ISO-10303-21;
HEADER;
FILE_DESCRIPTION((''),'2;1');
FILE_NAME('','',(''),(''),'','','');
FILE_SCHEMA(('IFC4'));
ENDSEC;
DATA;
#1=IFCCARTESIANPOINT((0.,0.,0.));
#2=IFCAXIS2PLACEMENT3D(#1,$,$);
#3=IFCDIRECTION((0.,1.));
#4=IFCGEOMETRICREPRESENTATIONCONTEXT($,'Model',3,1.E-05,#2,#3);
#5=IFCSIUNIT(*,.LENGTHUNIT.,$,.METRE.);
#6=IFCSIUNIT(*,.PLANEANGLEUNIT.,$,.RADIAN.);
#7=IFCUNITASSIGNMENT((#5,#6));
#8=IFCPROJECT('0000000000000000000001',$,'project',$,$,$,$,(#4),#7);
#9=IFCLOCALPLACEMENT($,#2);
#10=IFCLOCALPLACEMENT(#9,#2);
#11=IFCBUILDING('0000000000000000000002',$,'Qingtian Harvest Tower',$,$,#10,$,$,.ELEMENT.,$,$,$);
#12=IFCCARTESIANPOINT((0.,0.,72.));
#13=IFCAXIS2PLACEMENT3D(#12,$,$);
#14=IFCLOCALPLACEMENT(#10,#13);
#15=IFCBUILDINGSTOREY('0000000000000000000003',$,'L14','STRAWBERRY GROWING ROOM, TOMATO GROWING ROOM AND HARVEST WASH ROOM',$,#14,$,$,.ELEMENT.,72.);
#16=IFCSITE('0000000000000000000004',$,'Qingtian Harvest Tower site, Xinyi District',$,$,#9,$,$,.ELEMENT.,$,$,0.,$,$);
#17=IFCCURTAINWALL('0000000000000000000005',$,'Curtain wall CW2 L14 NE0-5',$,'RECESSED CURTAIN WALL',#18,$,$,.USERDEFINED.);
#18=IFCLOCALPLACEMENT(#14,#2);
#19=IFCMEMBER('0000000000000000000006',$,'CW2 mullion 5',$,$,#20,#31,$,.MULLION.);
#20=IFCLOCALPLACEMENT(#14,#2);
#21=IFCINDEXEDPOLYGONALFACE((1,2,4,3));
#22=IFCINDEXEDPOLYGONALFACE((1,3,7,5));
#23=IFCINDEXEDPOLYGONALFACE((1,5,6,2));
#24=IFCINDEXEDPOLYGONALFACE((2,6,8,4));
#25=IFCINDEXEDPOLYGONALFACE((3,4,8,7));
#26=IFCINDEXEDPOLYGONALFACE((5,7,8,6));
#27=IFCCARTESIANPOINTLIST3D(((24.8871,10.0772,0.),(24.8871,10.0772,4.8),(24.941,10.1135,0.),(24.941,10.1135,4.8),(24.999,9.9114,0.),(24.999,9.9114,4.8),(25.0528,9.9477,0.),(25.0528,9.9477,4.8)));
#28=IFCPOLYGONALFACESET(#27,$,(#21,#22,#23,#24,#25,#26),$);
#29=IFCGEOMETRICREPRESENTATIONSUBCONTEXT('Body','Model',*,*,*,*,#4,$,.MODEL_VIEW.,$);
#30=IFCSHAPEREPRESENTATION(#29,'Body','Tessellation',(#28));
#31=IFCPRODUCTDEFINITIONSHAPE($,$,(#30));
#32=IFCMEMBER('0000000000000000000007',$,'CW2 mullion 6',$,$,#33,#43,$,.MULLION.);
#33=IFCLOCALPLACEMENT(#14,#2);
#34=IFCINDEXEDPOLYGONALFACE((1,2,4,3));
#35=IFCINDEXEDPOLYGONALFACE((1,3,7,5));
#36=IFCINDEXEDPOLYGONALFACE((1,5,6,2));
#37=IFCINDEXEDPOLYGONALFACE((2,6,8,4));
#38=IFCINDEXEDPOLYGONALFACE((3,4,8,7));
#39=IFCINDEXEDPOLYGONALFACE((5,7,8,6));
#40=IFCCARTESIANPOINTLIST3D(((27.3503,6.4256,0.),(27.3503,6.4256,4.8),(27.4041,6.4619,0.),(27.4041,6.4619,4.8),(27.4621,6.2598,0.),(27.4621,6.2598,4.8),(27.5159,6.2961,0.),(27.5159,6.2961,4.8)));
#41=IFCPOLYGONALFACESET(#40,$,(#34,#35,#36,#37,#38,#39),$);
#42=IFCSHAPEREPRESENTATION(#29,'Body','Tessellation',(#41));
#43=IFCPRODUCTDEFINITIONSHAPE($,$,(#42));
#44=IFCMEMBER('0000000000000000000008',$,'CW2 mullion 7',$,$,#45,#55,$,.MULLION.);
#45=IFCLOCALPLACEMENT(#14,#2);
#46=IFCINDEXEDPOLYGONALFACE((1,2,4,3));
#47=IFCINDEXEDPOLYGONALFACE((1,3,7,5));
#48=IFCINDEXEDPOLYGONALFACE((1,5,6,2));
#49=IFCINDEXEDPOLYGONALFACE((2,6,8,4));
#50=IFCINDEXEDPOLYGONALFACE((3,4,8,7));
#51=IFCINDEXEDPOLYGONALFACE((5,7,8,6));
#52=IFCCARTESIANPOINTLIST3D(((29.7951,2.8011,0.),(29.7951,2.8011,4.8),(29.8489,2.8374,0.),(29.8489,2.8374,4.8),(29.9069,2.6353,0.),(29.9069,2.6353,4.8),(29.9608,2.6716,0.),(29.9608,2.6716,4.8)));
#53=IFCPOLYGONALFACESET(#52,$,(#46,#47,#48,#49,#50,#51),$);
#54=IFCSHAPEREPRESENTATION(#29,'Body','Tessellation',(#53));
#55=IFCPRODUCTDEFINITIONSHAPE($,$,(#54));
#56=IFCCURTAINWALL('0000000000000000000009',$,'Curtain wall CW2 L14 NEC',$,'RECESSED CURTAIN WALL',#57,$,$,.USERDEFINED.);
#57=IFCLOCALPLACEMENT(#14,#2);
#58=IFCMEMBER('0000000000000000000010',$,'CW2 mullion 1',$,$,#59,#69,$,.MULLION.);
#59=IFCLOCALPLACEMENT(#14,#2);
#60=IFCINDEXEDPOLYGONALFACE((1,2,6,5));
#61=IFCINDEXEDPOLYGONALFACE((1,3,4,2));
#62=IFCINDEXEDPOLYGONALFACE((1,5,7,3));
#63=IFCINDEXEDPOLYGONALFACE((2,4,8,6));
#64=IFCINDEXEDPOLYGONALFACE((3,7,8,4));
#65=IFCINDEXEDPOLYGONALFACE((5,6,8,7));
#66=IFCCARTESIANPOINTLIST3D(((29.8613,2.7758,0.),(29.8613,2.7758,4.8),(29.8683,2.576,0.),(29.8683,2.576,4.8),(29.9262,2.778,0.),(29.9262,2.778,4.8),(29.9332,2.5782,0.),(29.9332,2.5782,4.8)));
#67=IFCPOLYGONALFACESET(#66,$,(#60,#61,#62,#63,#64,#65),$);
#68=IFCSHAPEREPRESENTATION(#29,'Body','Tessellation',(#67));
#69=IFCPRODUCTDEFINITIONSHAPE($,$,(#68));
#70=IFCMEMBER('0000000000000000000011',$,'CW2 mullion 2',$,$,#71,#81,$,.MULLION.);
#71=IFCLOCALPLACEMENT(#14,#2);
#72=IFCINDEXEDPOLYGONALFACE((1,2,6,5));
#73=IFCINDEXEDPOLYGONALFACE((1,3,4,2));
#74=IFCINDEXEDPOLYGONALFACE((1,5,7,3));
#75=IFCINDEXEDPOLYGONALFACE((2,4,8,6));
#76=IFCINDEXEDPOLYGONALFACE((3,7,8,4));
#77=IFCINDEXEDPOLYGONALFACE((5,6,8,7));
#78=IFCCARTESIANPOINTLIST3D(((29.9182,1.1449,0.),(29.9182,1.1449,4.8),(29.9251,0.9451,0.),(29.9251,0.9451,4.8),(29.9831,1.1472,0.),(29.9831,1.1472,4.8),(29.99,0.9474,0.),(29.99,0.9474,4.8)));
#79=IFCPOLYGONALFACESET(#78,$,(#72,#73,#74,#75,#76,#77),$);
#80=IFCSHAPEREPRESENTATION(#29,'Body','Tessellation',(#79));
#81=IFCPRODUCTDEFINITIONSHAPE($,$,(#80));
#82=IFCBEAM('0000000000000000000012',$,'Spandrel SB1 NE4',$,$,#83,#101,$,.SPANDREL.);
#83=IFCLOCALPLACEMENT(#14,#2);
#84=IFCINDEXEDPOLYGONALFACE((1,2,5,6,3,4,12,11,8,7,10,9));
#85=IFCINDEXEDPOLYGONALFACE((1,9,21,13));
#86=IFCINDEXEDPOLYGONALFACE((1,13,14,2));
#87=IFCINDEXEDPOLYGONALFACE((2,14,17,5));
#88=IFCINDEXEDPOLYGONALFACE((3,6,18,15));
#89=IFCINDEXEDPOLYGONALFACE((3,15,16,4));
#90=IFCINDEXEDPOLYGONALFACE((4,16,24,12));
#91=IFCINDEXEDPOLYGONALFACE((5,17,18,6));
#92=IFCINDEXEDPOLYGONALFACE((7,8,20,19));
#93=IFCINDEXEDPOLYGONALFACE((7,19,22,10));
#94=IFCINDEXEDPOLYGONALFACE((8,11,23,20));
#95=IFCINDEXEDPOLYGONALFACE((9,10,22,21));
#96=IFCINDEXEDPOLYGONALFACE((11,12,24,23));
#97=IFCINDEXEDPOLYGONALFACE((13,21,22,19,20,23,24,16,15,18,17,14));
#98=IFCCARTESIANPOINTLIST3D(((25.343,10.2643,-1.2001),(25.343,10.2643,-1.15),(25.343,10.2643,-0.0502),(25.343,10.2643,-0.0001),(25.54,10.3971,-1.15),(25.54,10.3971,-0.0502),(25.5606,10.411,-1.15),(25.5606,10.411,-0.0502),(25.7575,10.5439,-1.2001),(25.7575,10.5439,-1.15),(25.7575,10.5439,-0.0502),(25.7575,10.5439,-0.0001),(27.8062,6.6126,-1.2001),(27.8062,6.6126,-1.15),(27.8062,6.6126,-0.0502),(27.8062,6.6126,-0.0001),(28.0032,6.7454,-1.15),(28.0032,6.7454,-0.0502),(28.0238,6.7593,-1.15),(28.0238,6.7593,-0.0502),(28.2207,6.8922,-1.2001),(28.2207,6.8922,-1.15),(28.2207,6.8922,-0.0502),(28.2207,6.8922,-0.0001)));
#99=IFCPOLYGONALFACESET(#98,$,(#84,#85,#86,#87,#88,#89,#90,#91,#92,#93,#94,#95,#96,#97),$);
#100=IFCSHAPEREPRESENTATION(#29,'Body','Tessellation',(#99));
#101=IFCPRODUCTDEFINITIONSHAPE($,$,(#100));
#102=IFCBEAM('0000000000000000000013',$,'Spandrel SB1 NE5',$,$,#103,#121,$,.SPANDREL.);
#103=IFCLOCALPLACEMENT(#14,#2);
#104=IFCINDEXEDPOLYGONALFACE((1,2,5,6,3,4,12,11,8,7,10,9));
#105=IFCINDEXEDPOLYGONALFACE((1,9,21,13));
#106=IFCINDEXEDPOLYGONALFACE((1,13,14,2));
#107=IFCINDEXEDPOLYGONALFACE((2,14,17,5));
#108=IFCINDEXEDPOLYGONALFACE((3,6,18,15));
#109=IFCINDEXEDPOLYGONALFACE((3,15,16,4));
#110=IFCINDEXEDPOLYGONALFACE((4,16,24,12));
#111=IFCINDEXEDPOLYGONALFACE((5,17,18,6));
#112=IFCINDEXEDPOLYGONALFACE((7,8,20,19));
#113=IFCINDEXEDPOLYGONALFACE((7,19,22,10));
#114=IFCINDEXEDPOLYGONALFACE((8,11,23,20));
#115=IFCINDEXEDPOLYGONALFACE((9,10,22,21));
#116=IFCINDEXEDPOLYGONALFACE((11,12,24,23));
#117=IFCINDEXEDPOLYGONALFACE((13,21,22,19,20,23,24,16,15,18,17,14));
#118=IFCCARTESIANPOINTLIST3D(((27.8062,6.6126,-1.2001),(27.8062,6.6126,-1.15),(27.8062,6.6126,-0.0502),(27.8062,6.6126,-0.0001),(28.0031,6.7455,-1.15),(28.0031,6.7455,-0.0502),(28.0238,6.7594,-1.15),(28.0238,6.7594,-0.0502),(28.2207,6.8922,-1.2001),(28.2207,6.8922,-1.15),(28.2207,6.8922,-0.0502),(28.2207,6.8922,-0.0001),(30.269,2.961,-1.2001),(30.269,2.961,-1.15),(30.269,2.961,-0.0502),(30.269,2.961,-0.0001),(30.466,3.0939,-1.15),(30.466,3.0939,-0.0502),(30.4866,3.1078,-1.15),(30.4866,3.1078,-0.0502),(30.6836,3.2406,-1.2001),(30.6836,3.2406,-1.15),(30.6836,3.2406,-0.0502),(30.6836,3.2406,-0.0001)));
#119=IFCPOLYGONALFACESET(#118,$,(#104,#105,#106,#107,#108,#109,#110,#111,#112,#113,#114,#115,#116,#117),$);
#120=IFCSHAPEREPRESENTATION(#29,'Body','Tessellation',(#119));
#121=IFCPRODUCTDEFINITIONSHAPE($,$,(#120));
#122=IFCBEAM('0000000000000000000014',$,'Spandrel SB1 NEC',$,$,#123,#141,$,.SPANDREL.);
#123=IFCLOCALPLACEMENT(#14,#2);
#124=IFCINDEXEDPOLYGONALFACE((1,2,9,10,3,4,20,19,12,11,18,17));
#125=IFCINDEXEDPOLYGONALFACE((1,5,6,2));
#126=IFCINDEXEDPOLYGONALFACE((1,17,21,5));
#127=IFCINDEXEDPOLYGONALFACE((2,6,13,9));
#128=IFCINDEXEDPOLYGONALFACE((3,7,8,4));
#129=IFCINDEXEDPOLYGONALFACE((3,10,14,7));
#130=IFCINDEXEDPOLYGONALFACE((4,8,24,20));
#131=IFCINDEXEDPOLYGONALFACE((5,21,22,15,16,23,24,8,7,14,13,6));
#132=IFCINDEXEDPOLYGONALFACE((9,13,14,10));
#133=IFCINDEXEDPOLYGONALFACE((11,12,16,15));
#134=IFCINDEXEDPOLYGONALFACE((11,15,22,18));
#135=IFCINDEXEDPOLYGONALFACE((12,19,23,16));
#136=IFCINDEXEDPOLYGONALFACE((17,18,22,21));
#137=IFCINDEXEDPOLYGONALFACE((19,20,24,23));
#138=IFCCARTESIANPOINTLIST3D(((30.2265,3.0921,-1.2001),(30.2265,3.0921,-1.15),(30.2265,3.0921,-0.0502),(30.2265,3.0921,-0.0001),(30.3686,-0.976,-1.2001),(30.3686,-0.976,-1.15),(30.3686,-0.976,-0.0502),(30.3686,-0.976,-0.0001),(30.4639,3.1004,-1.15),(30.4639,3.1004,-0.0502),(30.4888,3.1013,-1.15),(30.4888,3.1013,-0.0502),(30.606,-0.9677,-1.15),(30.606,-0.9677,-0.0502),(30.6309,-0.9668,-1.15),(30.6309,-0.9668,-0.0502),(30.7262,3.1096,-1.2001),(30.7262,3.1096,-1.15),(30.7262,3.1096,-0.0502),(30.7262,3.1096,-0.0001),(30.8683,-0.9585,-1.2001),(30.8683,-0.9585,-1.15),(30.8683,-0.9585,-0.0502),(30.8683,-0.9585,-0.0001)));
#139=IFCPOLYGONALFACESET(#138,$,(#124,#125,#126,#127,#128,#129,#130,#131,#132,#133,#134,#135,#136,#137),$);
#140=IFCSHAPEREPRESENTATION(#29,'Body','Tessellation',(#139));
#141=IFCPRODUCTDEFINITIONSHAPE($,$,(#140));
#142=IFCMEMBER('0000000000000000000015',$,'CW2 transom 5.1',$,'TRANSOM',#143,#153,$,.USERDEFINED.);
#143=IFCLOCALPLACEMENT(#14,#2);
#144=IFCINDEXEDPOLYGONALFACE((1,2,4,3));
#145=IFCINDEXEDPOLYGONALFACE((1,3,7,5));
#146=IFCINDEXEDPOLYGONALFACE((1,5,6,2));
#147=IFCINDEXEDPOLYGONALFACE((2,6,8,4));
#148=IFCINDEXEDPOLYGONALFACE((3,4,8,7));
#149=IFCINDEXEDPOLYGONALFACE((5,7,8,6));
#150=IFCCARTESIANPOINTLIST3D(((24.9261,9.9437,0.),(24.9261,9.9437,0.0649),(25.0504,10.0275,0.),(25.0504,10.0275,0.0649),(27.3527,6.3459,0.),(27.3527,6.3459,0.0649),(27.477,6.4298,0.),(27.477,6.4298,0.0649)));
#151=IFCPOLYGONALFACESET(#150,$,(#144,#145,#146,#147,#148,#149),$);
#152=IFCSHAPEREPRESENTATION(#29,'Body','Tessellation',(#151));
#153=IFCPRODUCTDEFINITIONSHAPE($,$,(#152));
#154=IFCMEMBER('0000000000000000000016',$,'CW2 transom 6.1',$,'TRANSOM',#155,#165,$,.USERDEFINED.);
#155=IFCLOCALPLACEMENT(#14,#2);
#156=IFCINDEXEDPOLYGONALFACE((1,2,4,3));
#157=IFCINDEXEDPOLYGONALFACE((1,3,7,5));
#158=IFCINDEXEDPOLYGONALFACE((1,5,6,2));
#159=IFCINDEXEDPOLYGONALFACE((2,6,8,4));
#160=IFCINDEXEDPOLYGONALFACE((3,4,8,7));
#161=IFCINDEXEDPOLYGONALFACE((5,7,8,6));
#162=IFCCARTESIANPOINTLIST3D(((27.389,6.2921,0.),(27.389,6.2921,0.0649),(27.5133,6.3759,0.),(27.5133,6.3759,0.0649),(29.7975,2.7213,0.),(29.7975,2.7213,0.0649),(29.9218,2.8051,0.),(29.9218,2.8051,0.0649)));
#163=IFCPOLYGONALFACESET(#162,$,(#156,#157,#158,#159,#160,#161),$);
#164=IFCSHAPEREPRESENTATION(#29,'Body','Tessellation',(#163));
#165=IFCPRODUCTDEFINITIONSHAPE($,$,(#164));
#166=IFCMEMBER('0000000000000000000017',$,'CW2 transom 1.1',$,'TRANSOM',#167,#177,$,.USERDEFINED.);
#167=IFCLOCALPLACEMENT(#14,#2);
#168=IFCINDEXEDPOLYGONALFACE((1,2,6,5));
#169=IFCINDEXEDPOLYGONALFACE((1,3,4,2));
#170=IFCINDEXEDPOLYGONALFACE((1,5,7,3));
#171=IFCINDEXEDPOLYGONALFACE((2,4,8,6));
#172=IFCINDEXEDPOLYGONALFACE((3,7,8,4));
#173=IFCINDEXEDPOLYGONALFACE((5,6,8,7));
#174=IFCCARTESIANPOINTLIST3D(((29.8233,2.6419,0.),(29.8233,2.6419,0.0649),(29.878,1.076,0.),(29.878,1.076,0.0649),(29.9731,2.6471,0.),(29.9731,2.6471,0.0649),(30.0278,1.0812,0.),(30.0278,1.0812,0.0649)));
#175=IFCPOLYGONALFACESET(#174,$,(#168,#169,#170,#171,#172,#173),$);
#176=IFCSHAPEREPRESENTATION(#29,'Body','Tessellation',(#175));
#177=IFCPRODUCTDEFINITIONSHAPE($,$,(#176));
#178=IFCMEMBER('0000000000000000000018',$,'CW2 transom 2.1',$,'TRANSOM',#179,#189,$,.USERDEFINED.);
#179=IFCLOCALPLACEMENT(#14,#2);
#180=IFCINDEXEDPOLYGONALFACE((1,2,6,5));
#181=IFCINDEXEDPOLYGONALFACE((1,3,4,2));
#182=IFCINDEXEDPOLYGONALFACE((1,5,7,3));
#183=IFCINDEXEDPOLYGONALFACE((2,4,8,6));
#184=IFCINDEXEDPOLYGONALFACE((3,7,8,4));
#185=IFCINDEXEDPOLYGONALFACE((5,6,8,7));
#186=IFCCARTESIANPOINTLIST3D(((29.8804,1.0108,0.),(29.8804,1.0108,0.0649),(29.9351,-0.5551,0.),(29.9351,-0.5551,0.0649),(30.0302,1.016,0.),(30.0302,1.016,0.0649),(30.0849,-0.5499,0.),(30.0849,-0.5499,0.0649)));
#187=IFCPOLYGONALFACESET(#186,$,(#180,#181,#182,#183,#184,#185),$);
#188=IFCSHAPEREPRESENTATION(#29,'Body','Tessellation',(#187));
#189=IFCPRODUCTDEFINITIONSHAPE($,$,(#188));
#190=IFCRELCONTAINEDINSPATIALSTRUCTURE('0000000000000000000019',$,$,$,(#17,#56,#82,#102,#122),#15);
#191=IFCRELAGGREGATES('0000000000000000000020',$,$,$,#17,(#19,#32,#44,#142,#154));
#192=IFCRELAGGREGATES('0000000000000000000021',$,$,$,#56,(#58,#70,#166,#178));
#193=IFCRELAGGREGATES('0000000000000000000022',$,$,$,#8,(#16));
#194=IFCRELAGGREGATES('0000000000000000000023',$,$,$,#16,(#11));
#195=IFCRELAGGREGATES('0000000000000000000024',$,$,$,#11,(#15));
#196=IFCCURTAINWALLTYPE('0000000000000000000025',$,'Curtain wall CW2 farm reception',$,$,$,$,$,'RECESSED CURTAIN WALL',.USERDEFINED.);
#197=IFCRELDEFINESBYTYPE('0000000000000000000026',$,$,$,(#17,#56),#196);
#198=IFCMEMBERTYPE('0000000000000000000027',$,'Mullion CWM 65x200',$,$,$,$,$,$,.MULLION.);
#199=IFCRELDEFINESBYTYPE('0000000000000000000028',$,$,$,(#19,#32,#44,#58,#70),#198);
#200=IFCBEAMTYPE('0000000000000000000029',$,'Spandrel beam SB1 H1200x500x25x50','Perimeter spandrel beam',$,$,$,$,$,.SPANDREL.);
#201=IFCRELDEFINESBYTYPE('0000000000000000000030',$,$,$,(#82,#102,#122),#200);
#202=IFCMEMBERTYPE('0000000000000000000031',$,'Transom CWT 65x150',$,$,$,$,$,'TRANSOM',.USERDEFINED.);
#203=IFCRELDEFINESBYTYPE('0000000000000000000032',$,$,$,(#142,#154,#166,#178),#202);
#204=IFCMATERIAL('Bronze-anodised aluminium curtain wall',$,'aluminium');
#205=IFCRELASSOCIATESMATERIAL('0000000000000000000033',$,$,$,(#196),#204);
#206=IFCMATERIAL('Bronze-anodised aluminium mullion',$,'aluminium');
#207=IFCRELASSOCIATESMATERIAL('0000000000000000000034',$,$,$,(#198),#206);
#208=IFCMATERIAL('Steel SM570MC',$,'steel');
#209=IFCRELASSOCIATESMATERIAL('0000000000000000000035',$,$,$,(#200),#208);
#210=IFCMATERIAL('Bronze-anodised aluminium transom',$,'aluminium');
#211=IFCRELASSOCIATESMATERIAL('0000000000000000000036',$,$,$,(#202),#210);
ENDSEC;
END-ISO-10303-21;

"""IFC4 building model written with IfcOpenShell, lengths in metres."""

from ifc_helpers import new_model, si_unit, direction, frame, origin, origin_2d, place, context, subcontext, project, spatial, rectangle, i_section, extrude, material, material_profile, profile_set, type_object, element, aggregate, save


model = new_model("IFC4")

# Units and contexts
model_context = context("Model", 3, precision=1e-05, world=origin(), true_north=direction((0.0, 1.0)))
body_context = subcontext(model_context, "Body", "Model", "MODEL_VIEW")
ifc_project = project(units=[si_unit("LENGTHUNIT", "METRE"), si_unit("PLANEANGLEUNIT", "RADIAN")], contexts=[model_context])

# Site, building, storey
site_placement = place(None, origin())
site = spatial("IfcSite", under=ifc_project, at=site_placement, Name="Qingtian Harvest Tower site, Xinyi District", CompositionType="ELEMENT", RefElevation=0.0)
building_placement = place(site_placement, origin())
building = spatial("IfcBuilding", under=site, at=building_placement, Name="Qingtian Harvest Tower", CompositionType="ELEMENT")
storey_placement = place(building_placement, frame((0.0, 0.0, 72.0)))
storey = spatial("IfcBuildingStorey", under=building, at=storey_placement, Name="L14", Description="STRAWBERRY GROWING ROOM, TOMATO GROWING ROOM AND HARVEST WASH ROOM", CompositionType="ELEMENT", Elevation=72.0)

# Curtain walls, members
ifc_material_1 = material(Name="Bronze-anodised aluminium curtain wall", Category="aluminium")
curtain_wall_type = type_object("IfcCurtainWallType", Name="Curtain wall CW2 farm reception", ElementType="RECESSED CURTAIN WALL", PredefinedType="USERDEFINED", material=ifc_material_1)
curtain_wall_1_placement = place(storey_placement, origin())
curtain_wall_1 = element("IfcCurtainWall", 1, at=curtain_wall_1_placement, inside=storey, type_object=curtain_wall_type, Name="Curtain wall CW2 L14 NE0-5", ObjectType="RECESSED CURTAIN WALL", PredefinedType="USERDEFINED")
ifc_material_2 = material(Name="Bronze-anodised aluminium mullion", Category="aluminium")
ifc_material_profile_1 = material_profile(ifc_material_2, rectangle(XDim=0.0649, YDim=0.2, at=origin_2d()), Name="AL 65x200")
ifc_profile_set_1 = profile_set([ifc_material_profile_1], Name="Bronze-anodised aluminium mullion")
member_type_1 = type_object("IfcMemberType", Name="Mullion CWM 65x200", PredefinedType="MULLION", material=ifc_profile_set_1)
member_1_placement = place(storey_placement, frame((24.97, 10.0125, 0.0), z_axis=(0.0, 0.0, 1.0), x_axis=(0.829038, 0.559193, 0.0)))
member_1 = element("IfcMember", 2, at=member_1_placement, type_object=member_type_1, Name="CW2 mullion 5", PredefinedType="MULLION", context=body_context, shape_type="SweptSolid", body=[
    extrude(rectangle(XDim=0.0649, YDim=0.2, at=origin_2d()), origin(), (0.0, 0.0, 1.0), 4.8),
])
member_2_placement = place(storey_placement, frame((27.4331, 6.3608, 0.0), z_axis=(0.0, 0.0, 1.0), x_axis=(0.829038, 0.559193, 0.0)))
member_2 = element("IfcMember", 3, at=member_2_placement, type_object=member_type_1, Name="CW2 mullion 6", PredefinedType="MULLION", context=body_context, shape_type="SweptSolid", body=[
    extrude(rectangle(XDim=0.0649, YDim=0.2, at=origin_2d()), origin(), (0.0, 0.0, 1.0), 4.8),
])
member_3_placement = place(storey_placement, frame((29.8779, 2.7363, 0.0), z_axis=(0.0, 0.0, 1.0), x_axis=(0.829038, 0.559193, 0.0)))
member_3 = element("IfcMember", 4, at=member_3_placement, type_object=member_type_1, Name="CW2 mullion 7", PredefinedType="MULLION", context=body_context, shape_type="SweptSolid", body=[
    extrude(rectangle(XDim=0.0649, YDim=0.2, at=origin_2d()), origin(), (0.0, 0.0, 1.0), 4.8),
])
curtain_wall_2_placement = place(storey_placement, origin())
curtain_wall_2 = element("IfcCurtainWall", 5, at=curtain_wall_2_placement, inside=storey, type_object=curtain_wall_type, Name="Curtain wall CW2 L14 NEC", ObjectType="RECESSED CURTAIN WALL", PredefinedType="USERDEFINED")
member_4_placement = place(storey_placement, frame((29.8972, 2.677, 0.0), z_axis=(0.0, 0.0, 1.0), x_axis=(0.999391, 0.034899, 0.0)))
member_4 = element("IfcMember", 6, at=member_4_placement, type_object=member_type_1, Name="CW2 mullion 1", PredefinedType="MULLION", context=body_context, shape_type="SweptSolid", body=[
    extrude(rectangle(XDim=0.0649, YDim=0.2, at=origin_2d()), origin(), (0.0, 0.0, 1.0), 4.8),
])
member_5_placement = place(storey_placement, frame((29.9541, 1.0461, 0.0), z_axis=(0.0, 0.0, 1.0), x_axis=(0.999391, 0.034899, 0.0)))
member_5 = element("IfcMember", 7, at=member_5_placement, type_object=member_type_1, Name="CW2 mullion 2", PredefinedType="MULLION", context=body_context, shape_type="SweptSolid", body=[
    extrude(rectangle(XDim=0.0649, YDim=0.2, at=origin_2d()), origin(), (0.0, 0.0, 1.0), 4.8),
])

# Beams
ifc_material_3 = material(Name="Steel SM570MC", Category="steel")
ifc_material_profile_2 = material_profile(ifc_material_3, i_section(OverallWidth=0.5, OverallDepth=1.2, WebThickness=0.0249, FlangeThickness=0.05, at=origin_2d()), Name="H1200x500x25x50")
ifc_profile_set_2 = profile_set([ifc_material_profile_2], Name="Steel SM570MC")
beam_type_1 = type_object("IfcBeamType", Name="Spandrel beam SB1 H1200x500x25x50", Description="Perimeter spandrel beam", PredefinedType="SPANDREL", material=ifc_profile_set_2)
beam_1_placement = place(storey_placement, frame((25.5503, 10.4041, -0.6001), z_axis=(0.559207, -0.829028, 0.0), x_axis=(0.829028, 0.559207, 0.0)))
element("IfcBeam", 8, at=beam_1_placement, inside=storey, type_object=beam_type_1, Name="Spandrel SB1 NE4", PredefinedType="SPANDREL", context=body_context, shape_type="SweptSolid", body=[
    extrude(i_section(OverallWidth=0.5, OverallDepth=1.2, WebThickness=0.0249, FlangeThickness=0.05, at=origin_2d()), origin(), (0.0, 0.0, 1.0), 4.4048),
])
beam_2_placement = place(storey_placement, frame((28.0134, 6.7524, -0.6001), z_axis=(0.559169, -0.829054, 0.0), x_axis=(0.829054, 0.559169, 0.0)))
element("IfcBeam", 9, at=beam_2_placement, inside=storey, type_object=beam_type_1, Name="Spandrel SB1 NE5", PredefinedType="SPANDREL", context=body_context, shape_type="SweptSolid", body=[
    extrude(i_section(OverallWidth=0.5, OverallDepth=1.2, WebThickness=0.0249, FlangeThickness=0.05, at=origin_2d()), origin(), (0.0, 0.0, 1.0), 4.4045),
])
beam_3_placement = place(storey_placement, frame((30.4763, 3.1008, -0.6001), z_axis=(0.034906, -0.999391, 0.0), x_axis=(0.999391, 0.034906, 0.0)))
element("IfcBeam", 10, at=beam_3_placement, inside=storey, type_object=beam_type_1, Name="Spandrel SB1 NEC", PredefinedType="SPANDREL", context=body_context, shape_type="SweptSolid", body=[
    extrude(i_section(OverallWidth=0.5, OverallDepth=1.2, WebThickness=0.0249, FlangeThickness=0.05, at=origin_2d()), origin(), (0.0, 0.0, 1.0), 4.0706),
])

# Members
ifc_material_4 = material(Name="Bronze-anodised aluminium transom", Category="aluminium")
ifc_material_profile_3 = material_profile(ifc_material_4, rectangle(XDim=0.1499, YDim=0.0649, at=origin_2d()), Name="AL 65x150")
ifc_profile_set_3 = profile_set([ifc_material_profile_3], Name="Bronze-anodised aluminium transom")
member_type_2 = type_object("IfcMemberType", Name="Transom CWT 65x150", ElementType="TRANSOM", PredefinedType="USERDEFINED", material=ifc_profile_set_3)
member_6_placement = place(storey_placement, frame((24.9883, 9.9856, 0.0325), z_axis=(0.559171, -0.829052, 0.0), x_axis=(0.829052, 0.559171, 0.0)))
member_6 = element("IfcMember", 11, at=member_6_placement, type_object=member_type_2, Name="CW2 transom 5.1", ObjectType="TRANSOM", PredefinedType="USERDEFINED", context=body_context, shape_type="SweptSolid", body=[
    extrude(rectangle(XDim=0.1499, YDim=0.0649, at=origin_2d()), origin(), (0.0, 0.0, 1.0), 4.3396),
])
member_7_placement = place(storey_placement, frame((27.4512, 6.334, 0.0325), z_axis=(0.559179, -0.829047, 0.0), x_axis=(0.829047, 0.559179, 0.0)))
member_7 = element("IfcMember", 12, at=member_7_placement, type_object=member_type_2, Name="CW2 transom 6.1", ObjectType="TRANSOM", PredefinedType="USERDEFINED", context=body_context, shape_type="SweptSolid", body=[
    extrude(rectangle(XDim=0.1499, YDim=0.0649, at=origin_2d()), origin(), (0.0, 0.0, 1.0), 4.3071),
])
member_8_placement = place(storey_placement, frame((29.8982, 2.6445, 0.0325), z_axis=(0.034902, -0.999391, 0.0), x_axis=(0.999391, 0.034902, 0.0)))
member_8 = element("IfcMember", 13, at=member_8_placement, type_object=member_type_2, Name="CW2 transom 1.1", ObjectType="TRANSOM", PredefinedType="USERDEFINED", context=body_context, shape_type="SweptSolid", body=[
    extrude(rectangle(XDim=0.1499, YDim=0.0649, at=origin_2d()), origin(), (0.0, 0.0, 1.0), 1.5669),
])
member_9_placement = place(storey_placement, frame((29.9553, 1.0134, 0.0325), z_axis=(0.034902, -0.999391, 0.0), x_axis=(0.999391, 0.034902, 0.0)))
member_9 = element("IfcMember", 14, at=member_9_placement, type_object=member_type_2, Name="CW2 transom 2.1", ObjectType="TRANSOM", PredefinedType="USERDEFINED", context=body_context, shape_type="SweptSolid", body=[
    extrude(rectangle(XDim=0.1499, YDim=0.0649, at=origin_2d()), origin(), (0.0, 0.0, 1.0), 1.5669),
])

aggregate(curtain_wall_1, [member_1, member_2, member_3, member_6, member_7])
aggregate(curtain_wall_2, [member_4, member_5, member_8, member_9])

save(model, "model.ifc")
